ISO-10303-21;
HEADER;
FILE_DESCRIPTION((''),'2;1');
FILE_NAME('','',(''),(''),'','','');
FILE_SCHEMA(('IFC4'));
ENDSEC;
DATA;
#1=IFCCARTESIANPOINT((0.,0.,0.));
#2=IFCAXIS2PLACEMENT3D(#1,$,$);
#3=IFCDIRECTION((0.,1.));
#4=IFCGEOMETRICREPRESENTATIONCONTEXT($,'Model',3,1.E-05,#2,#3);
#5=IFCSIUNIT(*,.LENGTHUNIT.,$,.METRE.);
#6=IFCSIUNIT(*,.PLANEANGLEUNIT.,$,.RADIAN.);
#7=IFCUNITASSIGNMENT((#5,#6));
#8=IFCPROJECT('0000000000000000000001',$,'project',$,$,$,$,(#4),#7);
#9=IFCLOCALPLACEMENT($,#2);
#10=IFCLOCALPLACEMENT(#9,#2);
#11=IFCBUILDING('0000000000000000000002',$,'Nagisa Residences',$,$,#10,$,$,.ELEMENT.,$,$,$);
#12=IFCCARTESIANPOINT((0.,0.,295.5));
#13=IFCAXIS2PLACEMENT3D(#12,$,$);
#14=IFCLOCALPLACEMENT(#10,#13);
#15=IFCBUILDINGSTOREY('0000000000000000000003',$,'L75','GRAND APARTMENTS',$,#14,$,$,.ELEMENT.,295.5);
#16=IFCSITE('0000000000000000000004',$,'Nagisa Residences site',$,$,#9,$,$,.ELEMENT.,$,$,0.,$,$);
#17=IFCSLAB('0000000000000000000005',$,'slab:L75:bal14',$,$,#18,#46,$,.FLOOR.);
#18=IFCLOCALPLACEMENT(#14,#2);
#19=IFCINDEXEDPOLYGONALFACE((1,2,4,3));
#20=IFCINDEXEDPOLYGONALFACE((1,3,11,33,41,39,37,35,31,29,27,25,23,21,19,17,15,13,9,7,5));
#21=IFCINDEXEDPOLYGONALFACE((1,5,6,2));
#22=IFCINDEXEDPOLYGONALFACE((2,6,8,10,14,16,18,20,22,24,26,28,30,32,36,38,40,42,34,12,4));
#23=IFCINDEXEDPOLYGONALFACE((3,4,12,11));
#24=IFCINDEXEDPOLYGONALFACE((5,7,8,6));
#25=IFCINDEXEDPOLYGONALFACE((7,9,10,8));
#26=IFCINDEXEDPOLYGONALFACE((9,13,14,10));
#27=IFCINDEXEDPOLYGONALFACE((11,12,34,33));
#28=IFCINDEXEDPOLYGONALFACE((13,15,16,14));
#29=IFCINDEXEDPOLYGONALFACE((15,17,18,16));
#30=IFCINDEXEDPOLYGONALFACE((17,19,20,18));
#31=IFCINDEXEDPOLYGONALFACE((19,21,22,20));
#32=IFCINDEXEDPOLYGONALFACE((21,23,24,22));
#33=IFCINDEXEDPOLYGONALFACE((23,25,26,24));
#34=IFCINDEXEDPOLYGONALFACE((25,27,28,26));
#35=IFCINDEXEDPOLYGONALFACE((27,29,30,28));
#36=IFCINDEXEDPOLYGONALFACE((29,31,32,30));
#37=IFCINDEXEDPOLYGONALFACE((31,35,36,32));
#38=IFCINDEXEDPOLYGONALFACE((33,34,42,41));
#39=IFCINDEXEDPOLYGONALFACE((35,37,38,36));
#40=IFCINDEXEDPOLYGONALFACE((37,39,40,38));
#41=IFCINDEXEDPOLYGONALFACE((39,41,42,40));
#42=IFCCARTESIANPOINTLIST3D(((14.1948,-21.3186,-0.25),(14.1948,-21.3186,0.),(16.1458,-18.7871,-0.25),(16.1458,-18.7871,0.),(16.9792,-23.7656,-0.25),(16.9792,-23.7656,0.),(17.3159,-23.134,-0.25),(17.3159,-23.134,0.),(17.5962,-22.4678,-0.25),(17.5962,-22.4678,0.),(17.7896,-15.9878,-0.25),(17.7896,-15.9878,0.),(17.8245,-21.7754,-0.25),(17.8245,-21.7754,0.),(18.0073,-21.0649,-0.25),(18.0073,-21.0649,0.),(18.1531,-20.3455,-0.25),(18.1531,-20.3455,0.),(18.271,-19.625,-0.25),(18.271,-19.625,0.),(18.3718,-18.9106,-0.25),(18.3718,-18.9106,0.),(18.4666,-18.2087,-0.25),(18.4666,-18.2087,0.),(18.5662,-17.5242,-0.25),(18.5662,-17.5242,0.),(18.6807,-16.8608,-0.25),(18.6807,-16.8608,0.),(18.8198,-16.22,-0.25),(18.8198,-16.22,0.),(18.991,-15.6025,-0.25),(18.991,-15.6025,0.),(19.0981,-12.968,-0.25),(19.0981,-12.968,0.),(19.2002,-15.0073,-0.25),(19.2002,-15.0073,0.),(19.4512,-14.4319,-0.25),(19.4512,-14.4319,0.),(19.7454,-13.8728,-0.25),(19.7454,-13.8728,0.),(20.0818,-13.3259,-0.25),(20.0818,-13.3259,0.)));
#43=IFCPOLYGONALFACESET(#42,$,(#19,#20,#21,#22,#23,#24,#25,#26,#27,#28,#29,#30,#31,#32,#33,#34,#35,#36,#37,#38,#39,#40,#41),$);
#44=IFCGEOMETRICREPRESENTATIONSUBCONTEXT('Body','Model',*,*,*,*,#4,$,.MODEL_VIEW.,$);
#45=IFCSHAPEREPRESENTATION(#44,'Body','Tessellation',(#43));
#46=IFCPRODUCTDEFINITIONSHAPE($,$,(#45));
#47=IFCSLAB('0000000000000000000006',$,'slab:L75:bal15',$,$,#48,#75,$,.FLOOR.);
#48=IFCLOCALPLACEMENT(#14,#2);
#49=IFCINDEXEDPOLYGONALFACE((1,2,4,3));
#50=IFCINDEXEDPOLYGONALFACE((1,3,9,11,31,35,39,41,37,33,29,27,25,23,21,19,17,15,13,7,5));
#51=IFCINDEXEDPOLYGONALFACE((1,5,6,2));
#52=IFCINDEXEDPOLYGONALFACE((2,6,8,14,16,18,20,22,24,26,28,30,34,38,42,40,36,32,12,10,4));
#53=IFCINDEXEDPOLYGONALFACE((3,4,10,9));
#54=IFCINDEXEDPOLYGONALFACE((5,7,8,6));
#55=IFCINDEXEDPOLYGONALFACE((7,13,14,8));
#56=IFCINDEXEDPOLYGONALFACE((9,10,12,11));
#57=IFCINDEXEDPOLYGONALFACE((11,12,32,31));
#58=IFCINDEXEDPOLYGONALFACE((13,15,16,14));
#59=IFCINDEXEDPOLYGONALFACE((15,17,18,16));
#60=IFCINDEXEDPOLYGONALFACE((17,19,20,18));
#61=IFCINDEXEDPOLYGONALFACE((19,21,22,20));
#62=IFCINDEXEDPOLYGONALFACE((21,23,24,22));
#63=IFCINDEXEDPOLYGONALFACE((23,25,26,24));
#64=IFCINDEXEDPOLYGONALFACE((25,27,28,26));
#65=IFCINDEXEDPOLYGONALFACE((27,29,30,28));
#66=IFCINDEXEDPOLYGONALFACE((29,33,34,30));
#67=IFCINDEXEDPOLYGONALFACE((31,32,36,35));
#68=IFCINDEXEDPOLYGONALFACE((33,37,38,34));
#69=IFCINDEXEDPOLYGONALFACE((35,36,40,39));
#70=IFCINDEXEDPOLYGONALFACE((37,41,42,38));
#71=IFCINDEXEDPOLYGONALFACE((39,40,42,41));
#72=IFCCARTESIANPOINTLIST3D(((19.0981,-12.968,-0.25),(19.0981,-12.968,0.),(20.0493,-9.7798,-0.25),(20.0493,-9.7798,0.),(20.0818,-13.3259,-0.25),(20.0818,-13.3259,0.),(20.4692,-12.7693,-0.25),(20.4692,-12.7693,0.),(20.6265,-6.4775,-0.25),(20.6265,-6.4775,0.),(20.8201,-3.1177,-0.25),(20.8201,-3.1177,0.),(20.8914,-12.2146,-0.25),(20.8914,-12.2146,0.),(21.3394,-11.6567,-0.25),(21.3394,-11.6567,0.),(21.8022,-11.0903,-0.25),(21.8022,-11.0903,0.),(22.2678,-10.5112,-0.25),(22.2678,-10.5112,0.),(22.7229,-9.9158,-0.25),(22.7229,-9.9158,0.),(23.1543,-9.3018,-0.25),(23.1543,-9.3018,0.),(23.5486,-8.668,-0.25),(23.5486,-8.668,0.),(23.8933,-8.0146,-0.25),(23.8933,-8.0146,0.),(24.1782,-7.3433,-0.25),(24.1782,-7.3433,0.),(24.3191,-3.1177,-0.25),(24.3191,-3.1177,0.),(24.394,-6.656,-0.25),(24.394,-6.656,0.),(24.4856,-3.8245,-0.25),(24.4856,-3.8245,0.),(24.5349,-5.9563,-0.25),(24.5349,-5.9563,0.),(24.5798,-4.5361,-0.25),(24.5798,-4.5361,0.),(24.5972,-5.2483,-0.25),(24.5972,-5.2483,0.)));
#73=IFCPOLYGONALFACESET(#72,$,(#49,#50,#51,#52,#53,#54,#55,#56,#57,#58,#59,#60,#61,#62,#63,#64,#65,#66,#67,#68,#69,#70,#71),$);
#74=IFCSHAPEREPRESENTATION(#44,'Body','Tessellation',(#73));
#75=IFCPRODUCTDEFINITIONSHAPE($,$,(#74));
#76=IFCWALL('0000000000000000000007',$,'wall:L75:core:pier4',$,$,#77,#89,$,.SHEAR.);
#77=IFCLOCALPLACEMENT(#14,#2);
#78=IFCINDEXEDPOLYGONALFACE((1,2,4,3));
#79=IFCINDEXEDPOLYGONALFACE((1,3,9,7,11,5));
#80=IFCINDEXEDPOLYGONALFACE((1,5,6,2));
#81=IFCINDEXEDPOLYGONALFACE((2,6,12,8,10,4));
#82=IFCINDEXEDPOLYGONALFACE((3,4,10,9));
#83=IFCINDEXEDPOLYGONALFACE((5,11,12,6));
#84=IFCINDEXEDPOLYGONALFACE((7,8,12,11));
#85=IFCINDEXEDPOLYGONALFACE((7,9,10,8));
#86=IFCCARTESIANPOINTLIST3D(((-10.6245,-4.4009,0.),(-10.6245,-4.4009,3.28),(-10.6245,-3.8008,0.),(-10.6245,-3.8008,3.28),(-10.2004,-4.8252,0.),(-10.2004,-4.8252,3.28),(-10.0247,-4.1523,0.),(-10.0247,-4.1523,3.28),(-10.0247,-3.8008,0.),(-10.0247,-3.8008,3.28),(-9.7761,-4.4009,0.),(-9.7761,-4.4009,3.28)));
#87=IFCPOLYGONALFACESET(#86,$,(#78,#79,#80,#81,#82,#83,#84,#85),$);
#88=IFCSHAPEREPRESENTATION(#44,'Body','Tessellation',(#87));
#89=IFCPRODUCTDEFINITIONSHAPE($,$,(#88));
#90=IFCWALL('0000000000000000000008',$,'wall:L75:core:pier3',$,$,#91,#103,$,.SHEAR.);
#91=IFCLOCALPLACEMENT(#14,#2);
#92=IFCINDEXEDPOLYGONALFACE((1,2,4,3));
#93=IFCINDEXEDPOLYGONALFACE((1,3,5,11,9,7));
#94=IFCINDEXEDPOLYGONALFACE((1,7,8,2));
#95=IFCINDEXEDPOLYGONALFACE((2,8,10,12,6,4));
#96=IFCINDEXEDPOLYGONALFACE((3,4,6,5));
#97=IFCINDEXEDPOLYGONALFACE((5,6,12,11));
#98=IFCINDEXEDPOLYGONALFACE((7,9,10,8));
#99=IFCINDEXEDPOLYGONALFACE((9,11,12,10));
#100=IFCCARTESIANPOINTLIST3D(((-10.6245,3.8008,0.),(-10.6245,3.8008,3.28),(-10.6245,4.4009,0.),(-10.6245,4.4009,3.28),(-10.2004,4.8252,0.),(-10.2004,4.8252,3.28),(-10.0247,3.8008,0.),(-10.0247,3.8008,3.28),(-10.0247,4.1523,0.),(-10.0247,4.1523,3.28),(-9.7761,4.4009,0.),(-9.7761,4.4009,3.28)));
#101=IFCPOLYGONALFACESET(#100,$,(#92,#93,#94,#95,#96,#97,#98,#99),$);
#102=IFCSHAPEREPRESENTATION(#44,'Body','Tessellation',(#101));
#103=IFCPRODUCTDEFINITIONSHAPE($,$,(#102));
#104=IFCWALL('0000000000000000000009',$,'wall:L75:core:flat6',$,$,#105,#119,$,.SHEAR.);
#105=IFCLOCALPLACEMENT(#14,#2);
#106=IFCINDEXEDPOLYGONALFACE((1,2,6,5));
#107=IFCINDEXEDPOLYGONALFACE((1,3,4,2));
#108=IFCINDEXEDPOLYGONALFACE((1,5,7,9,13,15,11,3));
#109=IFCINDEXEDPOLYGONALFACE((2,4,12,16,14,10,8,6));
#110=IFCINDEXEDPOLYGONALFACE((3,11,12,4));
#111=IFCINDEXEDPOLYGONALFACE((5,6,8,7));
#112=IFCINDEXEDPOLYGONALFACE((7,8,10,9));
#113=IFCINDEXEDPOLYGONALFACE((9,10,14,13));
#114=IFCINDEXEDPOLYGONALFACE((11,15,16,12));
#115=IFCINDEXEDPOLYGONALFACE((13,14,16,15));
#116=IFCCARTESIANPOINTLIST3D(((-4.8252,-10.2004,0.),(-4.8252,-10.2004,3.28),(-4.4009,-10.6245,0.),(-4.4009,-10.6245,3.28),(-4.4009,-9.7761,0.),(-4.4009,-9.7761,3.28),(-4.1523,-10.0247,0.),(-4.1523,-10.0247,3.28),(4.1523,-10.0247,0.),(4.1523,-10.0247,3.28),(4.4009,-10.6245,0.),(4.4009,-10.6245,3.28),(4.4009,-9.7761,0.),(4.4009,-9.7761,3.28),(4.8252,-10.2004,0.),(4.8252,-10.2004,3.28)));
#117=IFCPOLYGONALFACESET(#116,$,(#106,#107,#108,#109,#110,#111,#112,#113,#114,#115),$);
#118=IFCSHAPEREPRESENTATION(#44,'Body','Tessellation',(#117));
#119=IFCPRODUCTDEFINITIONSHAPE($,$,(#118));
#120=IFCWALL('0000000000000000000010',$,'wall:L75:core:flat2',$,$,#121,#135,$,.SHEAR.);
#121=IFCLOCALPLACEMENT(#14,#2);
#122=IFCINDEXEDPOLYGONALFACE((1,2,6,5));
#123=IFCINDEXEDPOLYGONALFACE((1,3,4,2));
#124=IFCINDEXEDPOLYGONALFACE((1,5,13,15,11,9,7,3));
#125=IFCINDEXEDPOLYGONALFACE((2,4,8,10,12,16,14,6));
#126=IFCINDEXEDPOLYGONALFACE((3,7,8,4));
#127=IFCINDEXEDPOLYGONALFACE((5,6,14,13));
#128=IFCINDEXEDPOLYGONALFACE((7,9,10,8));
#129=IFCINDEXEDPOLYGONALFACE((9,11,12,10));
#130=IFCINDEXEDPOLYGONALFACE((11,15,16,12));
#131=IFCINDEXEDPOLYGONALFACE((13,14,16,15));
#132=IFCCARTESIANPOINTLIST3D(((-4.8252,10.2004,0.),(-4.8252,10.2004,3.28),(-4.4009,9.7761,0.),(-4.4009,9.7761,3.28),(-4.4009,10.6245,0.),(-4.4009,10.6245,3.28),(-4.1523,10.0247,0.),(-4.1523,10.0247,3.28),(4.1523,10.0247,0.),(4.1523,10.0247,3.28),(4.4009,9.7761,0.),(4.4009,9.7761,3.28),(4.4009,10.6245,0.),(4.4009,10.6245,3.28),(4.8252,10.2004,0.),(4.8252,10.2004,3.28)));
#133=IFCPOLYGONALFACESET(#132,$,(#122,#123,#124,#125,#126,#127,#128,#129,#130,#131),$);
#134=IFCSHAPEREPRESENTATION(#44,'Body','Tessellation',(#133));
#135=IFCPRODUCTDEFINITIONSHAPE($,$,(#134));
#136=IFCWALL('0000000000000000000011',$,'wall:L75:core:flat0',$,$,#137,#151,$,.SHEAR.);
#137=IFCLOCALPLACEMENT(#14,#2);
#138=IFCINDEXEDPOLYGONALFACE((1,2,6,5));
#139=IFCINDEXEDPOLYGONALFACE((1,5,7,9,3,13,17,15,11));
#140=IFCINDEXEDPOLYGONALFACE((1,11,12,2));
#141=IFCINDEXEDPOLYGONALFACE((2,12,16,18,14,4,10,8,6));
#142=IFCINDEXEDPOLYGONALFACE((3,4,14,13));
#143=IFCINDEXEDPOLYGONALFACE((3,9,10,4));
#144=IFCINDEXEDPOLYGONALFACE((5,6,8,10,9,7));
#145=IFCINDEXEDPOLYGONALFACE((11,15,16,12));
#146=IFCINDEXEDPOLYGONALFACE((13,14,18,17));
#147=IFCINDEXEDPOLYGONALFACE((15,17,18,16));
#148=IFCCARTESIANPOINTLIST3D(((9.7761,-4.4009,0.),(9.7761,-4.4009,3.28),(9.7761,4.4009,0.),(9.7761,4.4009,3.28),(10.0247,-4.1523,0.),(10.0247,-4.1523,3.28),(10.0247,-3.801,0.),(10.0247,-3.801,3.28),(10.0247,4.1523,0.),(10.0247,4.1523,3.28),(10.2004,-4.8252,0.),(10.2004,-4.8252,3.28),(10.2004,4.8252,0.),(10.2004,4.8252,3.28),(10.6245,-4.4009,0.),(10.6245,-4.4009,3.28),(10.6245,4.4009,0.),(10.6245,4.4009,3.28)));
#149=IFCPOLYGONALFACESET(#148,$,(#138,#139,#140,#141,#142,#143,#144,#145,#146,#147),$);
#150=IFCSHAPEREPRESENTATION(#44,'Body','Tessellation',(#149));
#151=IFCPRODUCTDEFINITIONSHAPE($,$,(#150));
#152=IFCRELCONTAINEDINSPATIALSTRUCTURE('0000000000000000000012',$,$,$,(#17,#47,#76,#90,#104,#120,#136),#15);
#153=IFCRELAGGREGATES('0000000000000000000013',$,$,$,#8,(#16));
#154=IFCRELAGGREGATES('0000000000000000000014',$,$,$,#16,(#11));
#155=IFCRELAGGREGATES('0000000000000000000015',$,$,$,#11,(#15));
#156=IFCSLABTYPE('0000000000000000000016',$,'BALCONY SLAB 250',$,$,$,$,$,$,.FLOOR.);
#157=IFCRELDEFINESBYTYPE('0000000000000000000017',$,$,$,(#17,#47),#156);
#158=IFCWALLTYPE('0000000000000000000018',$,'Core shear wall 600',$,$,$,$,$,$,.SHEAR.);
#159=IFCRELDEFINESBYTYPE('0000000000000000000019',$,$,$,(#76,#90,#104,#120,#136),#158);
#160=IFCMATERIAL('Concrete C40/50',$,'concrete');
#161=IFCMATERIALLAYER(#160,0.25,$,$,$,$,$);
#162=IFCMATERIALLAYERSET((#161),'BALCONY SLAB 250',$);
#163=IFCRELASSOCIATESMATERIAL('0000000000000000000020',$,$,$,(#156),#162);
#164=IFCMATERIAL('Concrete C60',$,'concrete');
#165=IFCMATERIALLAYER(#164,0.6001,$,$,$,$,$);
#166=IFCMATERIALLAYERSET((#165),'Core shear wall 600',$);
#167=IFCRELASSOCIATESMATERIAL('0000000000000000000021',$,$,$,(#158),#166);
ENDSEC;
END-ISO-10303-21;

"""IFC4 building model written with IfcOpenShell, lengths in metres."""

from ifc_helpers import new_model, si_unit, direction, frame, origin, place, context, subcontext, project, spatial, polyline, outline, extrude, material, layer, layer_set, type_object, element, save


model = new_model("IFC4")

# Units and contexts
model_context = context("Model", 3, precision=1e-05, world=origin(), true_north=direction((0.0, 1.0)))
body_context = subcontext(model_context, "Body", "Model", "MODEL_VIEW")
ifc_project = project(units=[si_unit("LENGTHUNIT", "METRE"), si_unit("PLANEANGLEUNIT", "RADIAN")], contexts=[model_context])

# Site, building, storey
site_placement = place(None, origin())
site = spatial("IfcSite", under=ifc_project, at=site_placement, Name="Nagisa Residences site", CompositionType="ELEMENT", RefElevation=0.0)
building_placement = place(site_placement, origin())
building = spatial("IfcBuilding", under=site, at=building_placement, Name="Nagisa Residences", CompositionType="ELEMENT")
storey_placement = place(building_placement, frame((0.0, 0.0, 295.5)))
storey = spatial("IfcBuildingStorey", under=building, at=storey_placement, Name="L75", Description="GRAND APARTMENTS", CompositionType="ELEMENT", Elevation=295.5)

# Slabs
ifc_material_1 = material(Name="Concrete C40/50", Category="concrete")
ifc_layer_1 = layer(ifc_material_1, 0.25)
ifc_layer_set_1 = layer_set([ifc_layer_1], Name="BALCONY SLAB 250")
slab_type = type_object("IfcSlabType", Name="BALCONY SLAB 250", PredefinedType="FLOOR", material=ifc_layer_set_1)
slab_1_placement = place(storey_placement, frame((0.0, 0.0, -0.25)))
element("IfcSlab", 1, at=slab_1_placement, inside=storey, type_object=slab_type, Name="slab:L75:bal14", PredefinedType="FLOOR", context=body_context, shape_type="SweptSolid", body=[
    extrude(outline(polyline([(16.9792, -23.7656), (17.3159, -23.134), (17.5962, -22.4678), (17.8245, -21.7754), (18.0073, -21.0649), (18.1531, -20.3455), (18.271, -19.625), (18.3718, -18.9106), (18.4666, -18.2087), (18.5662, -17.5242), (18.6807, -16.8608), (18.8198, -16.22), (18.991, -15.6025), (19.2002, -15.0073), (19.4512, -14.4319), (19.7454, -13.8728), (20.0818, -13.3259), (19.0981, -12.968), (17.7896, -15.9878), (16.1458, -18.7871), (14.1948, -21.3186), (16.9792, -23.7656)])), origin(), (0.0, 0.0, 1.0), 0.25),
])
slab_2_placement = place(storey_placement, frame((0.0, 0.0, -0.25)))
element("IfcSlab", 2, at=slab_2_placement, inside=storey, type_object=slab_type, Name="slab:L75:bal15", PredefinedType="FLOOR", context=body_context, shape_type="SweptSolid", body=[
    extrude(outline(polyline([(20.0818, -13.3259), (20.4692, -12.7693), (20.8914, -12.2146), (21.3394, -11.6567), (21.8022, -11.0903), (22.2678, -10.5112), (22.7229, -9.9158), (23.1543, -9.3018), (23.5486, -8.668), (23.8933, -8.0146), (24.1782, -7.3433), (24.394, -6.656), (24.5349, -5.9563), (24.5972, -5.2483), (24.5798, -4.5361), (24.4856, -3.8245), (24.3191, -3.1177), (20.8201, -3.1177), (20.6265, -6.4775), (20.0493, -9.7798), (19.0981, -12.968), (20.0818, -13.3259)])), origin(), (0.0, 0.0, 1.0), 0.25),
])

# Walls
ifc_material_2 = material(Name="Concrete C60", Category="concrete")
ifc_layer_2 = layer(ifc_material_2, 0.6001)
ifc_layer_set_2 = layer_set([ifc_layer_2], Name="Core shear wall 600")
wall_type = type_object("IfcWallType", Name="Core shear wall 600", PredefinedType="SHEAR", material=ifc_layer_set_2)
wall_1_placement = place(storey_placement, origin())
element("IfcWall", 3, at=wall_1_placement, inside=storey, type_object=wall_type, Name="wall:L75:core:pier4", PredefinedType="SHEAR", context=body_context, shape_type="SweptSolid", body=[
    extrude(outline(polyline([(-10.6245, -3.8008), (-10.0247, -3.8008), (-10.0247, -4.1523), (-9.7761, -4.4009), (-10.2004, -4.8252), (-10.6245, -4.4009), (-10.6245, -3.8008)])), origin(), (0.0, 0.0, 1.0), 3.28),
])
wall_2_placement = place(storey_placement, origin())
element("IfcWall", 4, at=wall_2_placement, inside=storey, type_object=wall_type, Name="wall:L75:core:pier3", PredefinedType="SHEAR", context=body_context, shape_type="SweptSolid", body=[
    extrude(outline(polyline([(-10.2004, 4.8252), (-9.7761, 4.4009), (-10.0247, 4.1523), (-10.0247, 3.8008), (-10.6245, 3.8008), (-10.6245, 4.4009), (-10.2004, 4.8252)])), origin(), (0.0, 0.0, 1.0), 3.28),
])
wall_3_placement = place(storey_placement, origin())
element("IfcWall", 5, at=wall_3_placement, inside=storey, type_object=wall_type, Name="wall:L75:core:flat6", PredefinedType="SHEAR", context=body_context, shape_type="SweptSolid", body=[
    extrude(outline(polyline([(-4.1523, -10.0247), (4.1523, -10.0247), (4.4009, -9.7761), (4.8252, -10.2004), (4.4009, -10.6245), (-4.4009, -10.6245), (-4.8252, -10.2004), (-4.4009, -9.7761), (-4.1523, -10.0247)])), origin(), (0.0, 0.0, 1.0), 3.28),
])
wall_4_placement = place(storey_placement, origin())
element("IfcWall", 6, at=wall_4_placement, inside=storey, type_object=wall_type, Name="wall:L75:core:flat2", PredefinedType="SHEAR", context=body_context, shape_type="SweptSolid", body=[
    extrude(outline(polyline([(-4.1523, 10.0247), (-4.4009, 9.7761), (-4.8252, 10.2004), (-4.4009, 10.6245), (4.4009, 10.6245), (4.8252, 10.2004), (4.4009, 9.7761), (4.1523, 10.0247), (-4.1523, 10.0247)])), origin(), (0.0, 0.0, 1.0), 3.28),
])
wall_5_placement = place(storey_placement, origin())
element("IfcWall", 7, at=wall_5_placement, inside=storey, type_object=wall_type, Name="wall:L75:core:flat0", PredefinedType="SHEAR", context=body_context, shape_type="SweptSolid", body=[
    extrude(outline(polyline([(9.7761, -4.4009), (10.0247, -4.1523), (10.0247, -3.801), (10.0247, 4.1523), (9.7761, 4.4009), (10.2004, 4.8252), (10.6245, 4.4009), (10.6245, -4.4009), (10.2004, -4.8252), (9.7761, -4.4009)])), origin(), (0.0, 0.0, 1.0), 3.28),
])

save(model, "model.ifc")
